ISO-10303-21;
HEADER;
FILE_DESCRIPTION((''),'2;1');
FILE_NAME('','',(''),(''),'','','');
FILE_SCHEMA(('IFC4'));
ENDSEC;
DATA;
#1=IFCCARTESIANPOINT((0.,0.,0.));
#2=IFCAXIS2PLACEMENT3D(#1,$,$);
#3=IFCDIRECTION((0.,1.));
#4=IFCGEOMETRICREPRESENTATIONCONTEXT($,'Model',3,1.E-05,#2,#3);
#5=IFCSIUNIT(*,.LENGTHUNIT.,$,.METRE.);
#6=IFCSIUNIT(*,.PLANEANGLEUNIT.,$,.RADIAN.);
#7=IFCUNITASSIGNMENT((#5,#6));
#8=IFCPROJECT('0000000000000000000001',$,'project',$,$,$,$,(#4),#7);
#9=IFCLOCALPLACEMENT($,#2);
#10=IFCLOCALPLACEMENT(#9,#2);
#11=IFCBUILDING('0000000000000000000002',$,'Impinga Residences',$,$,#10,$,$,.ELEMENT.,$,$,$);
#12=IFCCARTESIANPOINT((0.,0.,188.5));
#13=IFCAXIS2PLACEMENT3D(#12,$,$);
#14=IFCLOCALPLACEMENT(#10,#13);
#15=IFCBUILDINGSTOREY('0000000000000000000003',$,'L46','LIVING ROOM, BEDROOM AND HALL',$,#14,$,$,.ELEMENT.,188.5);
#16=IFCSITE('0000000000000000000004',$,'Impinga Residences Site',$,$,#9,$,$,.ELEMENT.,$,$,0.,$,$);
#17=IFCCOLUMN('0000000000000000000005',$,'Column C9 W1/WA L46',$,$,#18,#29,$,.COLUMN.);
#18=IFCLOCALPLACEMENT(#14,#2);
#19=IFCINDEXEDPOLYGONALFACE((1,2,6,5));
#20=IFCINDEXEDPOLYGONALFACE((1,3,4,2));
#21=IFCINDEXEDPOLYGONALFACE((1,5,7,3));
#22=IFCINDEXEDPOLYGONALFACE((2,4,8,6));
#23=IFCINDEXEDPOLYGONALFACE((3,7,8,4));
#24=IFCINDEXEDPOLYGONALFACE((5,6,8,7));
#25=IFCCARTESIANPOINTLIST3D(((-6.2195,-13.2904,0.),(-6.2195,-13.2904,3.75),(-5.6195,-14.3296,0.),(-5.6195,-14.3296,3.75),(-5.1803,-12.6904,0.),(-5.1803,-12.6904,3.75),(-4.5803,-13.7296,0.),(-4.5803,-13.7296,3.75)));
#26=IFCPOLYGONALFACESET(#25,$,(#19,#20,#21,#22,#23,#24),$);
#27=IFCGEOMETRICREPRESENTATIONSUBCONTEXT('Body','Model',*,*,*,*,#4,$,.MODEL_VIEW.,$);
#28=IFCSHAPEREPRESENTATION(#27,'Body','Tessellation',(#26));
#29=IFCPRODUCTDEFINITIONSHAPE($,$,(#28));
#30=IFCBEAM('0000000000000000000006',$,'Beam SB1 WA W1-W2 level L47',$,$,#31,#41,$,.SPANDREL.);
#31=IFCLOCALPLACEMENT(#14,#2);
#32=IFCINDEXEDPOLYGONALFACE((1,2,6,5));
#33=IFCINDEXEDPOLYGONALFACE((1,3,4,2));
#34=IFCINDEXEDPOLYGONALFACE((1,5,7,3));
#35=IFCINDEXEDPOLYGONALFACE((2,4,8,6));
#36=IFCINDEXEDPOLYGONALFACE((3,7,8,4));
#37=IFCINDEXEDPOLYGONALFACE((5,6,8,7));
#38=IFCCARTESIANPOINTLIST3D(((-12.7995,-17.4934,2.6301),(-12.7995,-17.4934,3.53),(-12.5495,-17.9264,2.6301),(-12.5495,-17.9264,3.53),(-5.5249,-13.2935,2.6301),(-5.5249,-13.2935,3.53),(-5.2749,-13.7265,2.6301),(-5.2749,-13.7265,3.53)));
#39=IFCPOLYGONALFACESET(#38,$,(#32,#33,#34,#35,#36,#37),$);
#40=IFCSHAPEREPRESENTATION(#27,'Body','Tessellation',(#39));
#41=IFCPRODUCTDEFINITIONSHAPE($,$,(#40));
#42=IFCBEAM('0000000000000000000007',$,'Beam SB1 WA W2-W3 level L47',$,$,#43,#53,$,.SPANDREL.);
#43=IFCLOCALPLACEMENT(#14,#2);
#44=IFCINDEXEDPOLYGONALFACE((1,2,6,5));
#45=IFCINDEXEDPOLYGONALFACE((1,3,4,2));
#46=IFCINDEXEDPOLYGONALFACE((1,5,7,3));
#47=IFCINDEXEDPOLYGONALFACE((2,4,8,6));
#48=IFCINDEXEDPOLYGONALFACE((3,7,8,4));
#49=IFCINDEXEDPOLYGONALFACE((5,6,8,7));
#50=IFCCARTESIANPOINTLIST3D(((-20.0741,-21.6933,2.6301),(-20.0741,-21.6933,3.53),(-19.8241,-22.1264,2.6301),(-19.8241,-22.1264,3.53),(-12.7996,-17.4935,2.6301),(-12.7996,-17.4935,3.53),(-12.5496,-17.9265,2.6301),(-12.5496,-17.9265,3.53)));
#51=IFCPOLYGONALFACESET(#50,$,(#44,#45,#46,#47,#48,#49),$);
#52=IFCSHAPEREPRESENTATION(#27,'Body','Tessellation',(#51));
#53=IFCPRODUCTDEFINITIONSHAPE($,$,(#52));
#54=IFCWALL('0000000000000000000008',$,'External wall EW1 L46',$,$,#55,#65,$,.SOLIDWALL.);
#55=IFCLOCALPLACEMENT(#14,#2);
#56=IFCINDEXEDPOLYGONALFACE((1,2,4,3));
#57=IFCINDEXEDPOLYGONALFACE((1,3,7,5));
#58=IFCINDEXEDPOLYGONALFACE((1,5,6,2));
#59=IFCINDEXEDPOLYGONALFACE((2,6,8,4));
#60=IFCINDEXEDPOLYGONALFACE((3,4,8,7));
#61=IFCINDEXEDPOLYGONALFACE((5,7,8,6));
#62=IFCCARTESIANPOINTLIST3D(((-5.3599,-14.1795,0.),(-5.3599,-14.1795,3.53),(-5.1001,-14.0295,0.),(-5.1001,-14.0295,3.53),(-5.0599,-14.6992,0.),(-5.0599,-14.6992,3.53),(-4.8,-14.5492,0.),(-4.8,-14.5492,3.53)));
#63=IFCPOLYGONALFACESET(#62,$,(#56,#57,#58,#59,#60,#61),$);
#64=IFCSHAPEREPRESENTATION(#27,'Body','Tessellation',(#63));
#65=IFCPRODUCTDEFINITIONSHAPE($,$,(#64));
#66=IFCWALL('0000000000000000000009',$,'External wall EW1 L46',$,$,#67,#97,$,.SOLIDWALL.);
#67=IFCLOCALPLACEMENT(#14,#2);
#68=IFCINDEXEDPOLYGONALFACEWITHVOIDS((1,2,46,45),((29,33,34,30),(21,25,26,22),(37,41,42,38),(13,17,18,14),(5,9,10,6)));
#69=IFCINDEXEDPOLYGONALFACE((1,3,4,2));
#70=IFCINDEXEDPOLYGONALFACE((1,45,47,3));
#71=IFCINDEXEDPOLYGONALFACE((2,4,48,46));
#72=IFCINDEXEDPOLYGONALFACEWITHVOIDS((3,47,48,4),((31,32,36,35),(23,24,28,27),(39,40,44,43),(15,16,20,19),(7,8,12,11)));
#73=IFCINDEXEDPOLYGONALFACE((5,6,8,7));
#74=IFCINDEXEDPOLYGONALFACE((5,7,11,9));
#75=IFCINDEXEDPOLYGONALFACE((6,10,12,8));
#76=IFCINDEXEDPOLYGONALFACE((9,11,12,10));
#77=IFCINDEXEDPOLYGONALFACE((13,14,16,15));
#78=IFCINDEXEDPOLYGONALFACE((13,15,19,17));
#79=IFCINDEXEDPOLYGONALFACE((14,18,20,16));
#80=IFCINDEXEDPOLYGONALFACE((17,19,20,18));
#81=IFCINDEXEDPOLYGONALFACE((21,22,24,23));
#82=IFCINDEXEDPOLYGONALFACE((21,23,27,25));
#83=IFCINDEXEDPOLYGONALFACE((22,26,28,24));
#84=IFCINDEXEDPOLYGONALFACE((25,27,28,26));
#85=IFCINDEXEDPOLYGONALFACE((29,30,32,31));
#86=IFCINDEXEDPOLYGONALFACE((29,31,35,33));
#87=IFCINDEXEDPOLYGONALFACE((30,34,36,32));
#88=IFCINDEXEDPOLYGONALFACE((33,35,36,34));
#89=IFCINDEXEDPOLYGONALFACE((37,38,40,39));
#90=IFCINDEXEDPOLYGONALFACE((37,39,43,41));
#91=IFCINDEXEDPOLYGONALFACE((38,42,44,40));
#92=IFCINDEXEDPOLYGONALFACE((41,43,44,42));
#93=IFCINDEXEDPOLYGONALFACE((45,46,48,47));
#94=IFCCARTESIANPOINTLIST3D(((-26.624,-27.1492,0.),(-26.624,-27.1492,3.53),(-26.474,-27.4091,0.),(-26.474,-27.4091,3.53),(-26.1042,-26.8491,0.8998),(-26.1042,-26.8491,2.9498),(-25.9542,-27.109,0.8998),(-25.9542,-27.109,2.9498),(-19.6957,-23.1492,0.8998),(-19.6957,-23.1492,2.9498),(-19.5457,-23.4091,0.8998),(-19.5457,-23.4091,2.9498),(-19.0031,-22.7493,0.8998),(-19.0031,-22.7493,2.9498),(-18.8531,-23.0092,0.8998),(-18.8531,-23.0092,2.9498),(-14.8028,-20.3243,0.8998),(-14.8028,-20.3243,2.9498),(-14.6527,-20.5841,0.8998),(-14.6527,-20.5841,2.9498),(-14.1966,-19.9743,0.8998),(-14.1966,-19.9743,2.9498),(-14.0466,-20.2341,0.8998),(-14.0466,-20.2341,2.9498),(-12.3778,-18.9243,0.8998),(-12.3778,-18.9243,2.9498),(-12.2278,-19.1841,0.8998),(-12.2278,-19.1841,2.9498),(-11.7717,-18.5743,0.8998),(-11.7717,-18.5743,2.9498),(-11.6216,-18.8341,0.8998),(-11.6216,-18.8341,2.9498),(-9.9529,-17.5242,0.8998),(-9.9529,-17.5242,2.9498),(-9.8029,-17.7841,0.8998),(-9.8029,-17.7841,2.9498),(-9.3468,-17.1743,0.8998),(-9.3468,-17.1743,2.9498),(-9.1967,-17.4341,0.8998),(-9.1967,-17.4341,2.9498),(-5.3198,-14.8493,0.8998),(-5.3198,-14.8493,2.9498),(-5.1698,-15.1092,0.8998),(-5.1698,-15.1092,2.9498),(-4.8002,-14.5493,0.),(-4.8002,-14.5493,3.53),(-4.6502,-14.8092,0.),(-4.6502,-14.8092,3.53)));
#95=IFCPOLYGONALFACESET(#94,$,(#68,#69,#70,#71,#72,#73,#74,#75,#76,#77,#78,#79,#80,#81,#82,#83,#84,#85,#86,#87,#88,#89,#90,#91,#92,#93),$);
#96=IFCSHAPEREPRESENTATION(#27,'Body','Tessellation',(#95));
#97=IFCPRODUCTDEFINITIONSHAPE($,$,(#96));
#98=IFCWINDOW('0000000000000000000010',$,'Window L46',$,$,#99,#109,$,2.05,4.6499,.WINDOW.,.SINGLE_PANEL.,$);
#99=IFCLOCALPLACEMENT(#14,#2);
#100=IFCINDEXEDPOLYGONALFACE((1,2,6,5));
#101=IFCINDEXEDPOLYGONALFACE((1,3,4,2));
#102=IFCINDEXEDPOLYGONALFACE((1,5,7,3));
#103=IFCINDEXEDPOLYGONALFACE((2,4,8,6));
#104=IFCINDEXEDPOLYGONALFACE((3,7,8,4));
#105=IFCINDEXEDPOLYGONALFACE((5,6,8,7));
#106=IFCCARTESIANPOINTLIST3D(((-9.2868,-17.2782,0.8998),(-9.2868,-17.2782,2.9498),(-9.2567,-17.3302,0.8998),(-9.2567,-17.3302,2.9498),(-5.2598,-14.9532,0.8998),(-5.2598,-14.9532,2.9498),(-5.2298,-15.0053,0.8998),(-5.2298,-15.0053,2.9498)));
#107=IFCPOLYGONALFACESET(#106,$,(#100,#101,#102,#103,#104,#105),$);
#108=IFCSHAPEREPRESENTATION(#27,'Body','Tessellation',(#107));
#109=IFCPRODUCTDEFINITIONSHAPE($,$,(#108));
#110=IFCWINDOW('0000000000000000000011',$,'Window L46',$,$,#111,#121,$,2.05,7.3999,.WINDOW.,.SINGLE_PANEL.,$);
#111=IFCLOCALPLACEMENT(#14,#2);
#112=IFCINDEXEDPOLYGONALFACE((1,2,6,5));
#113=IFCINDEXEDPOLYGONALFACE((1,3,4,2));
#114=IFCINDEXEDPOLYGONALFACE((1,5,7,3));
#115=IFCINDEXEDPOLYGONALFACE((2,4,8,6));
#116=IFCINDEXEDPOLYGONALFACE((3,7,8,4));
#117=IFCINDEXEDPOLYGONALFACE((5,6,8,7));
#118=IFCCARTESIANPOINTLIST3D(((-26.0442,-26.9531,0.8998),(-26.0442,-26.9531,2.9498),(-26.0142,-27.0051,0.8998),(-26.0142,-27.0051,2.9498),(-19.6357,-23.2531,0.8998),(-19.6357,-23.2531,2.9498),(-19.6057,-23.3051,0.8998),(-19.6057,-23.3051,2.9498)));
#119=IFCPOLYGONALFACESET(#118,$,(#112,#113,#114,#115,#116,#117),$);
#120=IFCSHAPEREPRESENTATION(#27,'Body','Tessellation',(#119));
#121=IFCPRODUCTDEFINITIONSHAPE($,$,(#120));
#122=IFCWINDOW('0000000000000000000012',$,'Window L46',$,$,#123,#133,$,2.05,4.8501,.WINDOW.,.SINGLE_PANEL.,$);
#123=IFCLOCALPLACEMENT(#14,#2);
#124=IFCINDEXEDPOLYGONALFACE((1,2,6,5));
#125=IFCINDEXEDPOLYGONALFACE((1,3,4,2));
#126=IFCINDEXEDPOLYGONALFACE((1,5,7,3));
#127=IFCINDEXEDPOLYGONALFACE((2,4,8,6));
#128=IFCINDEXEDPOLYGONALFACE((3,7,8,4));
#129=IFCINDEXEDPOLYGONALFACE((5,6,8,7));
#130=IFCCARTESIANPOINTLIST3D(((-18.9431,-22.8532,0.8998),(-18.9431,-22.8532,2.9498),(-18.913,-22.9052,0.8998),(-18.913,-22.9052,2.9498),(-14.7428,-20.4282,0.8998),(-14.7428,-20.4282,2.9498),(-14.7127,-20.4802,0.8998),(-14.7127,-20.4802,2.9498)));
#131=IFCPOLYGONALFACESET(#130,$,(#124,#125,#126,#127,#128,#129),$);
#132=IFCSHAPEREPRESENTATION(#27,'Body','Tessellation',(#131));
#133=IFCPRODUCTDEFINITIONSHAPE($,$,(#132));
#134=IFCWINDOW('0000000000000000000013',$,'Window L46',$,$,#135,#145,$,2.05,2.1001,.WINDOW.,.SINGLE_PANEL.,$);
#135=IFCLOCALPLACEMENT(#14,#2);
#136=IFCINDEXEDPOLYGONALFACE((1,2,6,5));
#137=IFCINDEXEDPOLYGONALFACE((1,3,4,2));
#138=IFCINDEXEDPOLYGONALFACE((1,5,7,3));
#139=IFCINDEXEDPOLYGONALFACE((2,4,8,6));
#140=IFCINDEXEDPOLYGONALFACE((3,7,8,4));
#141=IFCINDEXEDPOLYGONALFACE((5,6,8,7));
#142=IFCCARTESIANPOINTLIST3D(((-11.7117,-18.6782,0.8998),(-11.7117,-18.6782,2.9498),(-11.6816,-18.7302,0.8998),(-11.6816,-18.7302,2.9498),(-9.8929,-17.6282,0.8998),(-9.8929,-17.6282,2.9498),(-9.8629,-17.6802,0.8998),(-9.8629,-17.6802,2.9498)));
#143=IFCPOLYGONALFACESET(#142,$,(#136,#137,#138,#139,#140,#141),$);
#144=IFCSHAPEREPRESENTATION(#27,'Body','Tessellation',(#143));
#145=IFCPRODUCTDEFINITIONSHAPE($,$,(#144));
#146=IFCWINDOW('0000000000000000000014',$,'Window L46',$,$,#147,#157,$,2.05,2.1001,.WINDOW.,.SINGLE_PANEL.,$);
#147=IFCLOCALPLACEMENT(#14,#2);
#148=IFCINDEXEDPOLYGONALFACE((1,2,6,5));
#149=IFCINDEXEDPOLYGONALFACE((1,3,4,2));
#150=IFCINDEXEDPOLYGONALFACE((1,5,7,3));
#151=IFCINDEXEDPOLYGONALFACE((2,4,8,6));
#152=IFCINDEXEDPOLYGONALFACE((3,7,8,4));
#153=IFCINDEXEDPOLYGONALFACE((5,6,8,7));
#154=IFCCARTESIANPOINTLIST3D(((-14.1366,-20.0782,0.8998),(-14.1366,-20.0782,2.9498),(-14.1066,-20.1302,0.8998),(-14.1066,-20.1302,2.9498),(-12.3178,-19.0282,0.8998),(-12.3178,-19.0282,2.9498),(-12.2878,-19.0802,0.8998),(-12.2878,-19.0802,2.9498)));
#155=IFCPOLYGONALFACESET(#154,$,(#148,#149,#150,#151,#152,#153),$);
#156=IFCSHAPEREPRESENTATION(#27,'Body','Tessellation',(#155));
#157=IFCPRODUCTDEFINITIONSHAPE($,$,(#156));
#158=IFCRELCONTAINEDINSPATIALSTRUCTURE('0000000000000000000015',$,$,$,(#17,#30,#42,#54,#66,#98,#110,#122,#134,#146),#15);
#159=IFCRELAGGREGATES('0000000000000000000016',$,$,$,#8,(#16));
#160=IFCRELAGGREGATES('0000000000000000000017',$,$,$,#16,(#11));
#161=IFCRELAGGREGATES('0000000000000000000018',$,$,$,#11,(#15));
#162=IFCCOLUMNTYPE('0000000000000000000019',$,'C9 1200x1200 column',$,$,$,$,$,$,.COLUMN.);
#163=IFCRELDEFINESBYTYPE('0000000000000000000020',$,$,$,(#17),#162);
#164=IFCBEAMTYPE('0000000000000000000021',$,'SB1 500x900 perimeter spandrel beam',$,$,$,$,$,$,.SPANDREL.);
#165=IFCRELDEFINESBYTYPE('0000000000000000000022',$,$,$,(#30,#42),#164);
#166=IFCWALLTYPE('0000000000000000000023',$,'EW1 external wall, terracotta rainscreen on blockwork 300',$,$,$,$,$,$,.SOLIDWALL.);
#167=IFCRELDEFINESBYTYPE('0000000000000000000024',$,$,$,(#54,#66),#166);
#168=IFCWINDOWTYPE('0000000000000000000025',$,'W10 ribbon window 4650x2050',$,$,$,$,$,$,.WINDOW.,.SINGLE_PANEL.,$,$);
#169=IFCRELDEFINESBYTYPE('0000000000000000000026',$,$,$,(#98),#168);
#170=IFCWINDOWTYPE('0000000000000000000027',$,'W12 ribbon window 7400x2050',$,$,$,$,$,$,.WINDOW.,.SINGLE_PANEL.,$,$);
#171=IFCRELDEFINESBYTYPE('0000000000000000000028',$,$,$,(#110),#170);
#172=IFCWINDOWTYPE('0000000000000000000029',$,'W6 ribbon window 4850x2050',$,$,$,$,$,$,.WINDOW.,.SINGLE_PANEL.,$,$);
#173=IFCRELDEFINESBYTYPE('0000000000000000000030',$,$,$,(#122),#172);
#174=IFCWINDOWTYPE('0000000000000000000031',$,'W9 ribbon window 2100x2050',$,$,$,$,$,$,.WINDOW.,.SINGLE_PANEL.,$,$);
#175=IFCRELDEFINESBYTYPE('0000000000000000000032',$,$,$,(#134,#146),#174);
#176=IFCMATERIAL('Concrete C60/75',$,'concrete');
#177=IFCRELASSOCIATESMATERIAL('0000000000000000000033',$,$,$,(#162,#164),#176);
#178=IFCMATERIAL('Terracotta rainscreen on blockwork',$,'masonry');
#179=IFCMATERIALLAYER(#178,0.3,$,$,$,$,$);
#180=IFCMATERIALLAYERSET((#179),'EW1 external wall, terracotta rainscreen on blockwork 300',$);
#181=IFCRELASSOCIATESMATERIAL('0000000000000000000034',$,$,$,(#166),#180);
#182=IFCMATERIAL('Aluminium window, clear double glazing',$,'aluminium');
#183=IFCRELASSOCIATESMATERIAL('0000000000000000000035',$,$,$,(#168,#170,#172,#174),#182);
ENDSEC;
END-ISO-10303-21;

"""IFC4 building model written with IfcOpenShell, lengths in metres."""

from ifc_helpers import new_model, si_unit, direction, frame, frame_2d, origin, origin_2d, place, context, subcontext, project, spatial, rectangle, extrude, material, layer, layer_set, material_profile, profile_set, type_object, element, fill, save


model = new_model("IFC4")

# Units and contexts
model_context = context("Model", 3, precision=1e-05, world=origin(), true_north=direction((0.0, 1.0)))
body_context = subcontext(model_context, "Body", "Model", "MODEL_VIEW")
ifc_project = project(units=[si_unit("LENGTHUNIT", "METRE"), si_unit("PLANEANGLEUNIT", "RADIAN")], contexts=[model_context])

# Site, building, storey
site_placement = place(None, origin())
site = spatial("IfcSite", under=ifc_project, at=site_placement, Name="Impinga Residences Site", CompositionType="ELEMENT", RefElevation=0.0)
building_placement = place(site_placement, origin())
building = spatial("IfcBuilding", under=site, at=building_placement, Name="Impinga Residences", CompositionType="ELEMENT")
storey_placement = place(building_placement, frame((0.0, 0.0, 188.5)))
storey = spatial("IfcBuildingStorey", under=building, at=storey_placement, Name="L46", Description="LIVING ROOM, BEDROOM AND HALL", CompositionType="ELEMENT", Elevation=188.5)

# Column
ifc_material_1 = material(Name="Concrete C60/75", Category="concrete")
ifc_material_profile_1 = material_profile(ifc_material_1, rectangle(XDim=1.2, YDim=1.2, at=origin_2d()), Name="RC 1200x1200")
ifc_profile_set_1 = profile_set([ifc_material_profile_1], Name="Concrete C60/75")
column_type = type_object("IfcColumnType", Name="C9 1200x1200 column", PredefinedType="COLUMN", material=ifc_profile_set_1)
column_placement = place(storey_placement, frame((-5.3999, -13.51, 0.0), z_axis=(0.0, 0.0, 1.0), x_axis=(-0.5, 0.866025, 0.0)))
element("IfcColumn", 1, at=column_placement, inside=storey, type_object=column_type, Name="Column C9 W1/WA L46", PredefinedType="COLUMN", context=body_context, shape_type="SweptSolid", body=[
    extrude(rectangle(XDim=1.2, YDim=1.2, at=origin_2d()), origin(), (0.0, 0.0, 1.0), 3.75),
])

# Beams
ifc_material_profile_2 = material_profile(ifc_material_1, rectangle(XDim=0.5, YDim=0.8999, at=origin_2d()), Name="RC 500x900")
ifc_profile_set_2 = profile_set([ifc_material_profile_2], Name="Concrete C60/75")
beam_type = type_object("IfcBeamType", Name="SB1 500x900 perimeter spandrel beam", PredefinedType="SPANDREL", material=ifc_profile_set_2)
for number, where, z_axis, x_axis, name in (
    (2, (-5.3999, -13.51, 3.0801), (-0.866029, -0.499993, 0.0), (0.499993, -0.866029, 0.0), "Beam SB1 WA W1-W2 level L47"),
    (3, (-12.6746, -17.71, 3.0801), (-0.866029, -0.499993, 0.0), (0.499993, -0.866029, 0.0), "Beam SB1 WA W2-W3 level L47"),
):
    element("IfcBeam", number, at=place(storey_placement, frame(where, z_axis=z_axis, x_axis=x_axis)), inside=storey, type_object=beam_type, Name=name, PredefinedType="SPANDREL", context=body_context, shape_type="SweptSolid", body=[
        extrude(rectangle(XDim=0.5, YDim=0.8999, at=origin_2d()), origin(), (0.0, 0.0, 1.0), 8.3999),
    ])

# Wall
ifc_material_2 = material(Name="Terracotta rainscreen on blockwork", Category="masonry")
ifc_layer_1 = layer(ifc_material_2, 0.3)
ifc_layer_set_1 = layer_set([ifc_layer_1], Name="EW1 external wall, terracotta rainscreen on blockwork 300")
wall_type_1 = type_object("IfcWallType", Name="EW1 external wall, terracotta rainscreen on blockwork 300", PredefinedType="SOLIDWALL", material=ifc_layer_set_1)
wall_1_placement = place(storey_placement, frame((-5.23, -14.1045, 0.0), z_axis=(0.0, 0.0, 1.0), x_axis=(0.499945, -0.866057, 0.0)))
element("IfcWall", 4, at=wall_1_placement, inside=storey, type_object=wall_type_1, Name="External wall EW1 L46", PredefinedType="SOLIDWALL", context=body_context, shape_type="SweptSolid", body=[
    extrude(rectangle(XDim=0.6001, YDim=0.3, at=frame_2d((0.3, 0.0))), origin(), (0.0, 0.0, 1.0), 3.53),
])

# Wall, openings, windows
wall_2_placement = place(storey_placement, frame((-4.7251, -14.6792, 0.0), z_axis=(0.0, 0.0, 1.0), x_axis=(-0.866027, -0.499998, 0.0)))
wall_2 = element("IfcWall", 5, at=wall_2_placement, inside=storey, type_object=wall_type_1, Name="External wall EW1 L46", PredefinedType="SOLIDWALL", context=body_context, shape_type="SweptSolid", body=[
    extrude(rectangle(XDim=25.2, YDim=0.3, at=frame_2d((12.6001, 0.0))), origin(), (0.0, 0.0, 1.0), 3.53),
])
opening_1_placement = place(wall_2_placement, frame((0.6001, 0.0, 0.8999)))
opening_1 = element("IfcOpeningElement", 6, at=opening_1_placement, cuts=wall_2, PredefinedType="OPENING", context=body_context, shape_type="SweptSolid", body=[
    extrude(rectangle(XDim=4.6499, YDim=2.05, at=frame_2d((2.325, 1.0249))), frame((0.0, 0.1599, 0.0), z_axis=(0.0, -1.0, 0.0), x_axis=(1.0, 0.0, 0.0)), (0.0, 0.0, 1.0), 0.3201),
])
opening_2_placement = place(wall_2_placement, frame((5.95, 0.0, 0.8999)))
opening_2 = element("IfcOpeningElement", 7, at=opening_2_placement, cuts=wall_2, PredefinedType="OPENING", context=body_context, shape_type="SweptSolid", body=[
    extrude(rectangle(XDim=2.1001, YDim=2.05, at=frame_2d((1.05, 1.0249))), frame((0.0, 0.1599, 0.0), z_axis=(0.0, -1.0, 0.0), x_axis=(1.0, 0.0, 0.0)), (0.0, 0.0, 1.0), 0.3201),
])
opening_3_placement = place(wall_2_placement, frame((8.75, 0.0, 0.8999)))
opening_3 = element("IfcOpeningElement", 8, at=opening_3_placement, cuts=wall_2, PredefinedType="OPENING", context=body_context, shape_type="SweptSolid", body=[
    extrude(rectangle(XDim=2.1001, YDim=2.05, at=frame_2d((1.05, 1.0249))), frame((0.0, 0.1599, 0.0), z_axis=(0.0, -1.0, 0.0), x_axis=(1.0, 0.0, 0.0)), (0.0, 0.0, 1.0), 0.3201),
])
opening_4_placement = place(wall_2_placement, frame((11.55, 0.0, 0.8999)))
opening_4 = element("IfcOpeningElement", 9, at=opening_4_placement, cuts=wall_2, PredefinedType="OPENING", context=body_context, shape_type="SweptSolid", body=[
    extrude(rectangle(XDim=4.8501, YDim=2.05, at=frame_2d((2.425, 1.0249))), frame((0.0, 0.1599, 0.0), z_axis=(0.0, -1.0, 0.0), x_axis=(1.0, 0.0, 0.0)), (0.0, 0.0, 1.0), 0.3201),
])
opening_5_placement = place(wall_2_placement, frame((17.2, 0.0, 0.8999)))
opening_5 = element("IfcOpeningElement", 10, at=opening_5_placement, cuts=wall_2, PredefinedType="OPENING", context=body_context, shape_type="SweptSolid", body=[
    extrude(rectangle(XDim=7.3999, YDim=2.05, at=frame_2d((3.7, 1.0249))), frame((0.0, 0.1599, 0.0), z_axis=(0.0, -1.0, 0.0), x_axis=(1.0, 0.0, 0.0)), (0.0, 0.0, 1.0), 0.3201),
])
ifc_material_3 = material(Name="Aluminium window, clear double glazing", Category="aluminium")
window_type_1 = type_object("IfcWindowType", Name="W10 ribbon window 4650x2050", PartitioningType="SINGLE_PANEL", PredefinedType="WINDOW", material=ifc_material_3)
window_1_placement = place(opening_1_placement, origin())
window_1 = element("IfcWindow", 11, at=window_1_placement, inside=storey, type_object=window_type_1, Name="Window L46", OverallHeight=2.05, OverallWidth=4.6499, PartitioningType="SINGLE_PANEL", PredefinedType="WINDOW", context=body_context, shape_type="SweptSolid", body=[
    extrude(rectangle(XDim=4.6499, YDim=2.05, at=frame_2d((2.325, 1.0249))), frame((0.0, 0.03, 0.0), z_axis=(0.0, -1.0, 0.0), x_axis=(1.0, 0.0, 0.0)), (0.0, 0.0, 1.0), 0.0601),
])
fill(opening_1, window_1)
window_type_2 = type_object("IfcWindowType", Name="W12 ribbon window 7400x2050", PartitioningType="SINGLE_PANEL", PredefinedType="WINDOW", material=ifc_material_3)
window_2_placement = place(opening_5_placement, origin())
window_2 = element("IfcWindow", 12, at=window_2_placement, inside=storey, type_object=window_type_2, Name="Window L46", OverallHeight=2.05, OverallWidth=7.3999, PartitioningType="SINGLE_PANEL", PredefinedType="WINDOW", context=body_context, shape_type="SweptSolid", body=[
    extrude(rectangle(XDim=7.3999, YDim=2.05, at=frame_2d((3.7, 1.0249))), frame((0.0, 0.03, 0.0), z_axis=(0.0, -1.0, 0.0), x_axis=(1.0, 0.0, 0.0)), (0.0, 0.0, 1.0), 0.0601),
])
fill(opening_5, window_2)
window_type_3 = type_object("IfcWindowType", Name="W6 ribbon window 4850x2050", PartitioningType="SINGLE_PANEL", PredefinedType="WINDOW", material=ifc_material_3)
window_3_placement = place(opening_4_placement, origin())
window_3 = element("IfcWindow", 13, at=window_3_placement, inside=storey, type_object=window_type_3, Name="Window L46", OverallHeight=2.05, OverallWidth=4.8501, PartitioningType="SINGLE_PANEL", PredefinedType="WINDOW", context=body_context, shape_type="SweptSolid", body=[
    extrude(rectangle(XDim=4.8501, YDim=2.05, at=frame_2d((2.425, 1.0249))), frame((0.0, 0.03, 0.0), z_axis=(0.0, -1.0, 0.0), x_axis=(1.0, 0.0, 0.0)), (0.0, 0.0, 1.0), 0.0601),
])
fill(opening_4, window_3)
window_type_4 = type_object("IfcWindowType", Name="W9 ribbon window 2100x2050", PartitioningType="SINGLE_PANEL", PredefinedType="WINDOW", material=ifc_material_3)
window_4_placement = place(opening_2_placement, origin())
window_4 = element("IfcWindow", 14, at=window_4_placement, inside=storey, type_object=window_type_4, Name="Window L46", OverallHeight=2.05, OverallWidth=2.1001, PartitioningType="SINGLE_PANEL", PredefinedType="WINDOW", context=body_context, shape_type="SweptSolid", body=[
    extrude(rectangle(XDim=2.1001, YDim=2.05, at=frame_2d((1.05, 1.0249))), frame((0.0, 0.03, 0.0), z_axis=(0.0, -1.0, 0.0), x_axis=(1.0, 0.0, 0.0)), (0.0, 0.0, 1.0), 0.0601),
])
fill(opening_2, window_4)
window_5_placement = place(opening_3_placement, origin())
window_5 = element("IfcWindow", 15, at=window_5_placement, inside=storey, type_object=window_type_4, Name="Window L46", OverallHeight=2.05, OverallWidth=2.1001, PartitioningType="SINGLE_PANEL", PredefinedType="WINDOW", context=body_context, shape_type="SweptSolid", body=[
    extrude(rectangle(XDim=2.1001, YDim=2.05, at=frame_2d((1.05, 1.0249))), frame((0.0, 0.03, 0.0), z_axis=(0.0, -1.0, 0.0), x_axis=(1.0, 0.0, 0.0)), (0.0, 0.0, 1.0), 0.0601),
])
fill(opening_3, window_5)

save(model, "model.ifc")
